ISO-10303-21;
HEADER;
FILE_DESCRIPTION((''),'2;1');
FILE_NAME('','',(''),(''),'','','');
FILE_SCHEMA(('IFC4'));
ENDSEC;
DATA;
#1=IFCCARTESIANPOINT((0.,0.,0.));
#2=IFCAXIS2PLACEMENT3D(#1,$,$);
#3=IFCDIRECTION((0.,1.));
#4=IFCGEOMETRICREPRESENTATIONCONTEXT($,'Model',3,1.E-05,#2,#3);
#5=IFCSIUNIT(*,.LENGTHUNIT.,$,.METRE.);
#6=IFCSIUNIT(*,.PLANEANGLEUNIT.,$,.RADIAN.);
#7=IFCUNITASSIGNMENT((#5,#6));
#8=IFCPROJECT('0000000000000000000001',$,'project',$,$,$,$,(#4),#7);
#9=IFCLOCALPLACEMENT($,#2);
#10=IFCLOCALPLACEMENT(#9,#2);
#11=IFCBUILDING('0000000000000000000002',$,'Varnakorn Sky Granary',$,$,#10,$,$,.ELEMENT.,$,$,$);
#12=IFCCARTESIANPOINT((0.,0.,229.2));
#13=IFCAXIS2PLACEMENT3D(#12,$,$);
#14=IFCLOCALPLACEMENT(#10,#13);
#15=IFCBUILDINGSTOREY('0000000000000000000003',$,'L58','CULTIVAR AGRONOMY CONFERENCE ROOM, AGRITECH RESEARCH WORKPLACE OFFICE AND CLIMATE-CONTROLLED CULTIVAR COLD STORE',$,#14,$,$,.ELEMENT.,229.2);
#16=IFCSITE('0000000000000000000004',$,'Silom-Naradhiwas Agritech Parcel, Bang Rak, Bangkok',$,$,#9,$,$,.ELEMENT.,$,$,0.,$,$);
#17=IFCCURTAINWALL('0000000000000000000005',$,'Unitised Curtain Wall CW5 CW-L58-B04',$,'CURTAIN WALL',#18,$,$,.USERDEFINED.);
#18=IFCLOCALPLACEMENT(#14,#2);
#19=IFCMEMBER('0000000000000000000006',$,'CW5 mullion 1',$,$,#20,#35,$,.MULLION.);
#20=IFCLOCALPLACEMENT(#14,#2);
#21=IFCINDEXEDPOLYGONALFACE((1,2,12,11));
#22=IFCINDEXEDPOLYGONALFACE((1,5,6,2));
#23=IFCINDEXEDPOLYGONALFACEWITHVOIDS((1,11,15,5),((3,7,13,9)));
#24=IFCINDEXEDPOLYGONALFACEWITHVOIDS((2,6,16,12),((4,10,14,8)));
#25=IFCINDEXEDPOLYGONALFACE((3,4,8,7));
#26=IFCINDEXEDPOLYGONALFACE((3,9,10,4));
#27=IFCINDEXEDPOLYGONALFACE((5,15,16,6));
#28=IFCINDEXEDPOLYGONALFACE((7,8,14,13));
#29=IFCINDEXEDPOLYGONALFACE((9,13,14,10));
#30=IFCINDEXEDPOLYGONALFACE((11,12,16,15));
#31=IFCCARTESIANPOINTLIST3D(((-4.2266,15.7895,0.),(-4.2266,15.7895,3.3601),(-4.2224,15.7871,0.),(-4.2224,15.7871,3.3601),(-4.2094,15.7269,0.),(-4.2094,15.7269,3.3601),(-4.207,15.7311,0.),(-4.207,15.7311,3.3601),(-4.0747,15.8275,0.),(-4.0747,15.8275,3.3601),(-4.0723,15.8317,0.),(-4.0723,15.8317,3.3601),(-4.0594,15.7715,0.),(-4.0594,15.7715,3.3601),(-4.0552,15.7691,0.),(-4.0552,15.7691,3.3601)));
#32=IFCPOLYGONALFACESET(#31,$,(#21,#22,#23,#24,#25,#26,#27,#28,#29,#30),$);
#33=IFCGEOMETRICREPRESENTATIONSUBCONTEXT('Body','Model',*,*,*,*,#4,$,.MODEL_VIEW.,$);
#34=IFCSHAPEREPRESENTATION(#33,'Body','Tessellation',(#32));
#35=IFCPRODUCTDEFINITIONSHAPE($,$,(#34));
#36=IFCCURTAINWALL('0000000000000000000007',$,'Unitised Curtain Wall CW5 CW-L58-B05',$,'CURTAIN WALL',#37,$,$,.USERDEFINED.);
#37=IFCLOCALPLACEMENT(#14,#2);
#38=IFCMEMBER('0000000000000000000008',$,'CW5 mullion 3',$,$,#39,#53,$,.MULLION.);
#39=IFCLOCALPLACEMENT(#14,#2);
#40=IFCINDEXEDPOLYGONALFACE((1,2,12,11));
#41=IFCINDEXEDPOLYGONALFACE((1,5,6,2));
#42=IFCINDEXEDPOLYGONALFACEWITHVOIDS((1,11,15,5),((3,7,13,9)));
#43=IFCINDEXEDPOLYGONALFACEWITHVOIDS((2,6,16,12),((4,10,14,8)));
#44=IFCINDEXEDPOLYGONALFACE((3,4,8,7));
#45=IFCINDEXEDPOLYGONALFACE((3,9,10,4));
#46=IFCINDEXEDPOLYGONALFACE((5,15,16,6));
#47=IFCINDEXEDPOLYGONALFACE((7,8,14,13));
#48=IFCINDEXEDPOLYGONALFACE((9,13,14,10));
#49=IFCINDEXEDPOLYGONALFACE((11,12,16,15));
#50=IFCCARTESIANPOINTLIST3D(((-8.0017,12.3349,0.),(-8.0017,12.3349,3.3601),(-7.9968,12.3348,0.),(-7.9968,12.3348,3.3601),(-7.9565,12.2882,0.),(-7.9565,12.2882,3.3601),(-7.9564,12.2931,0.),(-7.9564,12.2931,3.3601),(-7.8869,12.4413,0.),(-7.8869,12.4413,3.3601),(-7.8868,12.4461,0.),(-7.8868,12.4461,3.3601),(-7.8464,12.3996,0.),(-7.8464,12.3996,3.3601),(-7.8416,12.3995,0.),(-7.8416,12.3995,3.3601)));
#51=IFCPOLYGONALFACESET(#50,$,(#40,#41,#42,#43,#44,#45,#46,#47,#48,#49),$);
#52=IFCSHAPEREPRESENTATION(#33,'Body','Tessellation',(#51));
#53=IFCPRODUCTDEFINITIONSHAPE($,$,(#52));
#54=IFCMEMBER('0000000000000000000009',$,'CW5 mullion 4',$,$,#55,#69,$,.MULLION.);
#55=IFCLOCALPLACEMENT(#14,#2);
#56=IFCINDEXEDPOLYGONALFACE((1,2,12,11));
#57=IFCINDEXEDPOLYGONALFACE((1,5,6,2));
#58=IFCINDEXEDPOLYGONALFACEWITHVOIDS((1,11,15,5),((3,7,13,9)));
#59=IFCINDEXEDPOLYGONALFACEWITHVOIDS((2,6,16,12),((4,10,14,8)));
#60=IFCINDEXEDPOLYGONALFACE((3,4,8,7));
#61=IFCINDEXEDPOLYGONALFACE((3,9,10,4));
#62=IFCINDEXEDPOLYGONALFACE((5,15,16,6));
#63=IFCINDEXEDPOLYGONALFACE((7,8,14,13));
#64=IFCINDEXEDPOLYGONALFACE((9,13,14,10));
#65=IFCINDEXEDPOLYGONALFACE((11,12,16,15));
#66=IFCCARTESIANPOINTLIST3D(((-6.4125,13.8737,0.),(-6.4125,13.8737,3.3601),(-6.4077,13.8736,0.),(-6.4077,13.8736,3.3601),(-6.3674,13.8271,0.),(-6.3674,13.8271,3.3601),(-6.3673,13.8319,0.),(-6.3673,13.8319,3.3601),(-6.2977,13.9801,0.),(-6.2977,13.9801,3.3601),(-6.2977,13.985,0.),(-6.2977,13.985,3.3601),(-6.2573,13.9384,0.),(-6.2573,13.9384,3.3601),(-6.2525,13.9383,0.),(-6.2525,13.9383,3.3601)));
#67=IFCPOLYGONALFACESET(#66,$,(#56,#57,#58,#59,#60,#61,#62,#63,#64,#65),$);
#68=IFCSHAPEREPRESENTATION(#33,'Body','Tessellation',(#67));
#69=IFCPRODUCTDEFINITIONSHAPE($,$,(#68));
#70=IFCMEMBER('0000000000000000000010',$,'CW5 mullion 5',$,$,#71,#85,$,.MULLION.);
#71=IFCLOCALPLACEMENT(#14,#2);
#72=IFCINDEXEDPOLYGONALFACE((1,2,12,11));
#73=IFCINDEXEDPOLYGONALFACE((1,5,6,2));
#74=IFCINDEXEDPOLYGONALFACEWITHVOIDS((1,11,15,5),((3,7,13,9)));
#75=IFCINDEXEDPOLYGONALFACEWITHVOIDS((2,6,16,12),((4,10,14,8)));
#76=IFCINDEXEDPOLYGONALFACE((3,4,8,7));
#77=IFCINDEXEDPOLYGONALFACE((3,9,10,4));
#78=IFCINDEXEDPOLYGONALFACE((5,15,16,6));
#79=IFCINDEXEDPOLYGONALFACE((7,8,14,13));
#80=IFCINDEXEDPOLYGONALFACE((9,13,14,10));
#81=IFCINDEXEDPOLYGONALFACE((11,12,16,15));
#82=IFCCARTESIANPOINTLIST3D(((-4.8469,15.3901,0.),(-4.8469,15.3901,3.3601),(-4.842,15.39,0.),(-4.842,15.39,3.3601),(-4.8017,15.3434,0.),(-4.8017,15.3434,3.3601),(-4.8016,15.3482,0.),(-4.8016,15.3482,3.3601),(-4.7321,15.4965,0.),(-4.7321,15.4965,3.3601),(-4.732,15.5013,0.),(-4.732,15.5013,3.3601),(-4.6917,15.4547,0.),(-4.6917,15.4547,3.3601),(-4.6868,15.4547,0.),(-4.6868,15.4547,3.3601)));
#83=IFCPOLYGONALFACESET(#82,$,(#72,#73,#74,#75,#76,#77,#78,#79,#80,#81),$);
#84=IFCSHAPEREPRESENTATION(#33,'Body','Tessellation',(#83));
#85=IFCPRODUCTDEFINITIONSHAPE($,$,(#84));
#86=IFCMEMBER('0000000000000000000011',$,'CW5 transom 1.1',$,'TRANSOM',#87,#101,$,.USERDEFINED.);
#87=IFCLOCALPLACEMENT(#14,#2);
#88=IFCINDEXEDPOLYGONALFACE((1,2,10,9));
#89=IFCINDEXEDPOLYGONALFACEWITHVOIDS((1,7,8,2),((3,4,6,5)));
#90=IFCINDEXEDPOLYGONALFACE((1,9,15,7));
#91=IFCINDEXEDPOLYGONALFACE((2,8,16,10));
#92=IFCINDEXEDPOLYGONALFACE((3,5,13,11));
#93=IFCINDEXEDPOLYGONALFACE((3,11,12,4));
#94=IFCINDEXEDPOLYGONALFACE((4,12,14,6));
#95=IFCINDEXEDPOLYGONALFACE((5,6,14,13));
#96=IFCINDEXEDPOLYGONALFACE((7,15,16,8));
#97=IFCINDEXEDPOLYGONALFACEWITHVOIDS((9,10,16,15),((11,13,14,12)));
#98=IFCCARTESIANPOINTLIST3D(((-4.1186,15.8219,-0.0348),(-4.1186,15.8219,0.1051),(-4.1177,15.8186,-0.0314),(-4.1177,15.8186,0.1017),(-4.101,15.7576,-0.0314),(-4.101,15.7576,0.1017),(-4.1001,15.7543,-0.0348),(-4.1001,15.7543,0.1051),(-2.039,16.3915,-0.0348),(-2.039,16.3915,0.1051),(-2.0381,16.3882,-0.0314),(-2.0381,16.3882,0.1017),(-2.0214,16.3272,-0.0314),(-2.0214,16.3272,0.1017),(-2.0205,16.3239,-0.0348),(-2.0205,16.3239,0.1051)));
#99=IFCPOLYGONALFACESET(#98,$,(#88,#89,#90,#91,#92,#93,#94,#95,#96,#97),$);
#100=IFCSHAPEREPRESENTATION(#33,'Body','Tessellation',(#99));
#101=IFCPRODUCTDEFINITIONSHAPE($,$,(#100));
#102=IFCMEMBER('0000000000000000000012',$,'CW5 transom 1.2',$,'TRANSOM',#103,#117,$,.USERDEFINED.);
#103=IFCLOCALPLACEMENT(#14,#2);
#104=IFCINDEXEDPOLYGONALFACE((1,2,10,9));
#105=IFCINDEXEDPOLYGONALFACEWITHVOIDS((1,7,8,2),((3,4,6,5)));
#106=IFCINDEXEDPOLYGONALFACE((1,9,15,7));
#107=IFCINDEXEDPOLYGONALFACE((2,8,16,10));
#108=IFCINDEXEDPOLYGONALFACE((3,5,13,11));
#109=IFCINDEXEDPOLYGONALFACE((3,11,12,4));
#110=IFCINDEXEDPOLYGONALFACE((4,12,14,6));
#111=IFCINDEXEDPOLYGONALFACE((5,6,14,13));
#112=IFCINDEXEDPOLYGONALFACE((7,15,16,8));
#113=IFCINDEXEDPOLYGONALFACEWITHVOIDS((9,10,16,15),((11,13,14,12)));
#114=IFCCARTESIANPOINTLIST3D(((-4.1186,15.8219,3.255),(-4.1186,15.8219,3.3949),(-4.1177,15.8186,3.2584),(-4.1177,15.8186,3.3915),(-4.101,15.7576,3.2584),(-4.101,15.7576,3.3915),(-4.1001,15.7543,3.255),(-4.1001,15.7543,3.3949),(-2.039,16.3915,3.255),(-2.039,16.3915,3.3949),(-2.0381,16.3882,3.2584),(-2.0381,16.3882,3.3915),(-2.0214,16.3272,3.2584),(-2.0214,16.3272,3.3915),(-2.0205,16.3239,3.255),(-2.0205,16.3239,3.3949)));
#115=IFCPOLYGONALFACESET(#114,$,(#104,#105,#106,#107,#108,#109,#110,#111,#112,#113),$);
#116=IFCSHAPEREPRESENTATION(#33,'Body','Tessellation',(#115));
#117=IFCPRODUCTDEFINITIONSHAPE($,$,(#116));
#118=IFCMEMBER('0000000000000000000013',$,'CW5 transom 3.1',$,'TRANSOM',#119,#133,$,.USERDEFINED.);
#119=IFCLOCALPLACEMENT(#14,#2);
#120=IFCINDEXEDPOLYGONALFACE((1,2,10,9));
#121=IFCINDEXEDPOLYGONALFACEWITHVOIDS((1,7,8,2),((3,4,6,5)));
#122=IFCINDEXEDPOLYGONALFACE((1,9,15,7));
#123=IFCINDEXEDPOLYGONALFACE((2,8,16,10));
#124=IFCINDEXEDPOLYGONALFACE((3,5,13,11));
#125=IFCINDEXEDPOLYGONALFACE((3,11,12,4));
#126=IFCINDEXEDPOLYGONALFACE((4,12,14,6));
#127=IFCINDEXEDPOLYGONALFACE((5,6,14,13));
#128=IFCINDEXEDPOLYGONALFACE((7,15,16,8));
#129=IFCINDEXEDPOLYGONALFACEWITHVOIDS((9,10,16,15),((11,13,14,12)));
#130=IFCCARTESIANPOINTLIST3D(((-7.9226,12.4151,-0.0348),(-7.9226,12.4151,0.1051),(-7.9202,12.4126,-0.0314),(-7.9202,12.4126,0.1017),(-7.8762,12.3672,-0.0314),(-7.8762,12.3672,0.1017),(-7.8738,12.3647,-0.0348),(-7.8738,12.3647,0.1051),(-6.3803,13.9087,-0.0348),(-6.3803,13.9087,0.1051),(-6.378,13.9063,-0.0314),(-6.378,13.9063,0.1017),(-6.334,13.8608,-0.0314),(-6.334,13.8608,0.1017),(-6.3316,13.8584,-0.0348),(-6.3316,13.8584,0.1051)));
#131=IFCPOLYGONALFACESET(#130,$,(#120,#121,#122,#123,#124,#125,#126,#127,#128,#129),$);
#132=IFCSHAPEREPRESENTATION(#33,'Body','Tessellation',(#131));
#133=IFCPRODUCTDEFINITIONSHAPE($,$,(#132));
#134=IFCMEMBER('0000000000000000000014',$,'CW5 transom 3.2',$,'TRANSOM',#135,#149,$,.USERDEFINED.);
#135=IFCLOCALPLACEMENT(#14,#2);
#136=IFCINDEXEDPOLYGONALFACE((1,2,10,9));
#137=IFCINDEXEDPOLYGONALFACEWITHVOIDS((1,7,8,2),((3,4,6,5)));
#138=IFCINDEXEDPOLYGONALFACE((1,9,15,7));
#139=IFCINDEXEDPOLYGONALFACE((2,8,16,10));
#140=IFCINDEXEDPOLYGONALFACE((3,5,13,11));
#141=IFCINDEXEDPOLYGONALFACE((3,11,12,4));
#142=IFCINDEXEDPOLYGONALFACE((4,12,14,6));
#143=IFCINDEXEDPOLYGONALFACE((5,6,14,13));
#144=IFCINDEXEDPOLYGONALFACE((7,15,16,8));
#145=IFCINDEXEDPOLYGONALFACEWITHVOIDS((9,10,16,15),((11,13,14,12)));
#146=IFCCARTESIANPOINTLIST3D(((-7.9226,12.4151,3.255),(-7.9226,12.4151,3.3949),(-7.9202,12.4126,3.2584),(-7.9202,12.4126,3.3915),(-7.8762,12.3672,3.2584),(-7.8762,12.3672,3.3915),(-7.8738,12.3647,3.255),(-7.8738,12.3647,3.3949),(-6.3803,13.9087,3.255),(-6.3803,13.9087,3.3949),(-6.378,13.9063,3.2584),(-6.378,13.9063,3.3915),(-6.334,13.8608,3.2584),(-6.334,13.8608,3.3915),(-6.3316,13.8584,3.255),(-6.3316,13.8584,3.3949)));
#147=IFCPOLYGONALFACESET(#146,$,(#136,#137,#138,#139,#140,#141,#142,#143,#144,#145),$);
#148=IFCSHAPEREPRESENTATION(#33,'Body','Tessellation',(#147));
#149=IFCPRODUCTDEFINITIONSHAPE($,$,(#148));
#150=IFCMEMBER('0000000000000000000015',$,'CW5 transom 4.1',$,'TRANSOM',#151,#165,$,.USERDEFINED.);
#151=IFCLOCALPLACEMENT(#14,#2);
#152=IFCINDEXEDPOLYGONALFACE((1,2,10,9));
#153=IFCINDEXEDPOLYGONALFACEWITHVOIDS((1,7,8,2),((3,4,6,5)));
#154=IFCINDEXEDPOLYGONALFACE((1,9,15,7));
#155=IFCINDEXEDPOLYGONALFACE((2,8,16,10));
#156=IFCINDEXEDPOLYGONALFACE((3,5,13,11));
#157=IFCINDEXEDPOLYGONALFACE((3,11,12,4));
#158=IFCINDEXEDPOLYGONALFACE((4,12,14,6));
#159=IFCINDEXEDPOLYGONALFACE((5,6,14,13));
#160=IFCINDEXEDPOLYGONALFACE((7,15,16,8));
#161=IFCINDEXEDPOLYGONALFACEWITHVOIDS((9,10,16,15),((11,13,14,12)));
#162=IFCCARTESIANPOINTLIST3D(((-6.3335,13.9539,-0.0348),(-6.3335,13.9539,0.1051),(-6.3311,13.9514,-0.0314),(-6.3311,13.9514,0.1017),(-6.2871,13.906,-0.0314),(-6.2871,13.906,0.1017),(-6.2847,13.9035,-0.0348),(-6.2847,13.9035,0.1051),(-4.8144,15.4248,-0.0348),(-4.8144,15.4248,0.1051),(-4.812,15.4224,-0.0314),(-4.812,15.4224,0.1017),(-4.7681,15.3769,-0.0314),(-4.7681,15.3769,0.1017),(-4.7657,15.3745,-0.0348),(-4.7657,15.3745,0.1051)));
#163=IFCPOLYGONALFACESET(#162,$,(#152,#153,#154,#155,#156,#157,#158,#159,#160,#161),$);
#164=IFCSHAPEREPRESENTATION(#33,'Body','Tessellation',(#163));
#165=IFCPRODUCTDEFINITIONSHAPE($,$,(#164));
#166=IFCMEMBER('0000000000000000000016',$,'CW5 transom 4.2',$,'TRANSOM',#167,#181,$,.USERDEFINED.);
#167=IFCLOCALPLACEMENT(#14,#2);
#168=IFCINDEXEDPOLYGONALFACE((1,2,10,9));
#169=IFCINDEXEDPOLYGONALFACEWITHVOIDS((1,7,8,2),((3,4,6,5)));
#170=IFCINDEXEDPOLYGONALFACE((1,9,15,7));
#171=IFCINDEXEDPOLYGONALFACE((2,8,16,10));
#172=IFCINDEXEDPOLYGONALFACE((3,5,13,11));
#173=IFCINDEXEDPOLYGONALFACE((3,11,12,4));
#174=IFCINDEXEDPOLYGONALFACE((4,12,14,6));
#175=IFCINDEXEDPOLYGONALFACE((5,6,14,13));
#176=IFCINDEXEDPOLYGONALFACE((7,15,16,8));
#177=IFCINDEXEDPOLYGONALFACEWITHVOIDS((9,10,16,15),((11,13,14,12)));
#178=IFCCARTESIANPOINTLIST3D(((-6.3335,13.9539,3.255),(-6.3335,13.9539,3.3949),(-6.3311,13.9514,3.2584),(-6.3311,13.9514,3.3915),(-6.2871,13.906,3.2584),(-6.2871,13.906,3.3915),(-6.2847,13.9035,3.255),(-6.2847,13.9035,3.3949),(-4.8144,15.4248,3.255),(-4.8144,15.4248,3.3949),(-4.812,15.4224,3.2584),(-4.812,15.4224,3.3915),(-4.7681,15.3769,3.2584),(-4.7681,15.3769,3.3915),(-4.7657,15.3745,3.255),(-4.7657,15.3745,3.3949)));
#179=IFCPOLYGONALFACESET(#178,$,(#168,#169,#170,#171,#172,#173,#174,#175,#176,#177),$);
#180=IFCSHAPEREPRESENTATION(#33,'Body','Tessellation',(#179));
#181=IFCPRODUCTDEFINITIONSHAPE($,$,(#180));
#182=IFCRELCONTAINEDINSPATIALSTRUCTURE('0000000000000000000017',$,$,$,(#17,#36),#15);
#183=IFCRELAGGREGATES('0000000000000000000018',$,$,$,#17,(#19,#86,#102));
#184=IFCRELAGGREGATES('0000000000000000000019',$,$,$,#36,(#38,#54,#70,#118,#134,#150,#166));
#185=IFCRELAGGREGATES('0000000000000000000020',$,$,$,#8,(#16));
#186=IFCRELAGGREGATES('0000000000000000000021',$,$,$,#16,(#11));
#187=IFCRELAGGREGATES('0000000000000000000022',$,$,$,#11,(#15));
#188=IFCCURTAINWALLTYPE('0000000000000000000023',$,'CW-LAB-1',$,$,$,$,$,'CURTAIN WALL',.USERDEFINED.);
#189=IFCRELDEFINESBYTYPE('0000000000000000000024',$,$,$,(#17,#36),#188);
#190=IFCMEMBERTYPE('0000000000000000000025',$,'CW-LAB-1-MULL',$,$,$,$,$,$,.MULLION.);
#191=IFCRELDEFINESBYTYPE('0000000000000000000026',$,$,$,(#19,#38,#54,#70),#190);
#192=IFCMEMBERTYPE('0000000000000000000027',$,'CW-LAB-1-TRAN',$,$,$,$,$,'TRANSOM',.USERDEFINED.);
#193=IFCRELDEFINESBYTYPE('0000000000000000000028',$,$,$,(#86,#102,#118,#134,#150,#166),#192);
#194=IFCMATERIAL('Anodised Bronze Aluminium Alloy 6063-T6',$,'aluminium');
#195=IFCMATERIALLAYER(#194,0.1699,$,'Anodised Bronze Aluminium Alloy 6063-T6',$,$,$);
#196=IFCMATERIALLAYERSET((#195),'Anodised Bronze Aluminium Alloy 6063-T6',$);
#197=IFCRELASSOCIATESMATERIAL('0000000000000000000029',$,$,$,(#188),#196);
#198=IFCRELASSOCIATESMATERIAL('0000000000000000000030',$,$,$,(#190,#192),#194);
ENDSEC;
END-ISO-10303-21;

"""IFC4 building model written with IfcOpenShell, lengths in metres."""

from ifc_helpers import new_model, si_unit, direction, frame, origin, origin_2d, place, context, subcontext, project, spatial, hollow_rectangle, extrude, material, layer, layer_set, material_profile, profile_set, type_object, element, aggregate, save


model = new_model("IFC4")

# Units and contexts
model_context = context("Model", 3, precision=1e-05, world=origin(), true_north=direction((0.0, 1.0)))
body_context = subcontext(model_context, "Body", "Model", "MODEL_VIEW")
ifc_project = project(units=[si_unit("LENGTHUNIT", "METRE"), si_unit("PLANEANGLEUNIT", "RADIAN")], contexts=[model_context])

# Site, building, storey
site_placement = place(None, origin())
site = spatial("IfcSite", under=ifc_project, at=site_placement, Name="Silom-Naradhiwas Agritech Parcel, Bang Rak, Bangkok", CompositionType="ELEMENT", RefElevation=0.0)
building_placement = place(site_placement, origin())
building = spatial("IfcBuilding", under=site, at=building_placement, Name="Varnakorn Sky Granary", CompositionType="ELEMENT")
storey_placement = place(building_placement, frame((0.0, 0.0, 229.2)))
storey = spatial("IfcBuildingStorey", under=building, at=storey_placement, Name="L58", Description="CULTIVAR AGRONOMY CONFERENCE ROOM, AGRITECH RESEARCH WORKPLACE OFFICE AND CLIMATE-CONTROLLED CULTIVAR COLD STORE", CompositionType="ELEMENT", Elevation=229.2)

# Curtain wall, member
ifc_material_1 = material(Name="Anodised Bronze Aluminium Alloy 6063-T6", Category="aluminium")
ifc_layer_1 = layer(ifc_material_1, 0.1699, Name="Anodised Bronze Aluminium Alloy 6063-T6")
ifc_layer_set_1 = layer_set([ifc_layer_1], Name="Anodised Bronze Aluminium Alloy 6063-T6")
curtain_wall_type = type_object("IfcCurtainWallType", Name="CW-LAB-1", ElementType="CURTAIN WALL", PredefinedType="USERDEFINED", material=ifc_layer_set_1)
curtain_wall_1_placement = place(storey_placement, origin())
curtain_wall_1 = element("IfcCurtainWall", 1, at=curtain_wall_1_placement, inside=storey, type_object=curtain_wall_type, Name="Unitised Curtain Wall CW5 CW-L58-B04", ObjectType="CURTAIN WALL", PredefinedType="USERDEFINED")
ifc_material_profile_1 = material_profile(ifc_material_1, hollow_rectangle(XDim=0.0649, YDim=0.1599, WallThickness=0.0034, at=origin_2d()), Name="ALU MULL 65x160")
ifc_profile_set_1 = profile_set([ifc_material_profile_1], Name="Anodised Bronze Aluminium Alloy 6063-T6")
member_type_1 = type_object("IfcMemberType", Name="CW-LAB-1-MULL", PredefinedType="MULLION", material=ifc_profile_set_1)
member_1_placement = place(storey_placement, frame((-4.1409, 15.7793, 0.0), z_axis=(0.0, 0.0, 1.0), x_axis=(-0.264172, 0.964476, 0.0)))
member_1 = element("IfcMember", 2, at=member_1_placement, type_object=member_type_1, Name="CW5 mullion 1", PredefinedType="MULLION", context=body_context, shape_type="SweptSolid", body=[
    extrude(hollow_rectangle(XDim=0.0649, YDim=0.1599, WallThickness=0.0034, at=origin_2d()), origin(), (0.0, 0.0, 1.0), 3.3601),
])

# Curtain wall, members
curtain_wall_2_placement = place(storey_placement, origin())
curtain_wall_2 = element("IfcCurtainWall", 3, at=curtain_wall_2_placement, inside=storey, type_object=curtain_wall_type, Name="Unitised Curtain Wall CW5 CW-L58-B05", ObjectType="CURTAIN WALL", PredefinedType="USERDEFINED")
member_2_placement = place(storey_placement, frame((-7.9216, 12.3672, 0.0), z_axis=(0.0, 0.0, 1.0), x_axis=(-0.69564, 0.71839, 0.0)))
member_2 = element("IfcMember", 4, at=member_2_placement, type_object=member_type_1, Name="CW5 mullion 3", PredefinedType="MULLION", context=body_context, shape_type="SweptSolid", body=[
    extrude(hollow_rectangle(XDim=0.0649, YDim=0.1599, WallThickness=0.0034, at=origin_2d()), origin(), (0.0, 0.0, 1.0), 3.3601),
])
member_3_placement = place(storey_placement, frame((-6.3325, 13.906, 0.0), z_axis=(0.0, 0.0, 1.0), x_axis=(-0.69564, 0.71839, 0.0)))
member_3 = element("IfcMember", 5, at=member_3_placement, type_object=member_type_1, Name="CW5 mullion 4", PredefinedType="MULLION", context=body_context, shape_type="SweptSolid", body=[
    extrude(hollow_rectangle(XDim=0.0649, YDim=0.1599, WallThickness=0.0034, at=origin_2d()), origin(), (0.0, 0.0, 1.0), 3.3601),
])
member_4_placement = place(storey_placement, frame((-4.7668, 15.4224, 0.0), z_axis=(0.0, 0.0, 1.0), x_axis=(-0.69564, 0.71839, 0.0)))
member_4 = element("IfcMember", 6, at=member_4_placement, type_object=member_type_1, Name="CW5 mullion 5", PredefinedType="MULLION", context=body_context, shape_type="SweptSolid", body=[
    extrude(hollow_rectangle(XDim=0.0649, YDim=0.1599, WallThickness=0.0034, at=origin_2d()), origin(), (0.0, 0.0, 1.0), 3.3601),
])

# Members
ifc_material_profile_2 = material_profile(ifc_material_1, hollow_rectangle(XDim=0.0701, YDim=0.1399, WallThickness=0.0034, at=origin_2d()), Name="ALU TRAN 70x140")
ifc_profile_set_2 = profile_set([ifc_material_profile_2], Name="Anodised Bronze Aluminium Alloy 6063-T6")
member_type_2 = type_object("IfcMemberType", Name="CW-LAB-1-TRAN", ElementType="TRANSOM", PredefinedType="USERDEFINED", material=ifc_profile_set_2)
member_5_placement = place(storey_placement, frame((-4.1094, 15.7881, 0.0352), z_axis=(0.964478, 0.264162, 0.0), x_axis=(-0.264162, 0.964478, 0.0)))
member_5 = element("IfcMember", 7, at=member_5_placement, type_object=member_type_2, Name="CW5 transom 1.1", ObjectType="TRANSOM", PredefinedType="USERDEFINED", context=body_context, shape_type="SweptSolid", body=[
    extrude(hollow_rectangle(XDim=0.0701, YDim=0.1399, WallThickness=0.0034, at=origin_2d()), origin(), (0.0, 0.0, 1.0), 2.1562),
])
member_6_placement = place(storey_placement, frame((-4.1094, 15.7881, 3.325), z_axis=(0.964478, 0.264162, 0.0), x_axis=(-0.264162, 0.964478, 0.0)))
member_6 = element("IfcMember", 8, at=member_6_placement, type_object=member_type_2, Name="CW5 transom 1.2", ObjectType="TRANSOM", PredefinedType="USERDEFINED", context=body_context, shape_type="SweptSolid", body=[
    extrude(hollow_rectangle(XDim=0.0701, YDim=0.1399, WallThickness=0.0034, at=origin_2d()), origin(), (0.0, 0.0, 1.0), 2.1562),
])
member_7_placement = place(storey_placement, frame((-7.8982, 12.3899, 0.0352), z_axis=(0.718331, 0.695702, 0.0), x_axis=(-0.695702, 0.718331, 0.0)))
member_7 = element("IfcMember", 9, at=member_7_placement, type_object=member_type_2, Name="CW5 transom 3.1", ObjectType="TRANSOM", PredefinedType="USERDEFINED", context=body_context, shape_type="SweptSolid", body=[
    extrude(hollow_rectangle(XDim=0.0701, YDim=0.1399, WallThickness=0.0034, at=origin_2d()), origin(), (0.0, 0.0, 1.0), 2.147),
])
member_8_placement = place(storey_placement, frame((-7.8982, 12.3899, 3.325), z_axis=(0.718331, 0.695702, 0.0), x_axis=(-0.695702, 0.718331, 0.0)))
member_8 = element("IfcMember", 10, at=member_8_placement, type_object=member_type_2, Name="CW5 transom 3.2", ObjectType="TRANSOM", PredefinedType="USERDEFINED", context=body_context, shape_type="SweptSolid", body=[
    extrude(hollow_rectangle(XDim=0.0701, YDim=0.1399, WallThickness=0.0034, at=origin_2d()), origin(), (0.0, 0.0, 1.0), 2.147),
])
member_9_placement = place(storey_placement, frame((-6.3091, 13.9287, 0.0352), z_axis=(0.718388, 0.695643, 0.0), x_axis=(-0.695643, 0.718388, 0.0)))
member_9 = element("IfcMember", 11, at=member_9_placement, type_object=member_type_2, Name="CW5 transom 4.1", ObjectType="TRANSOM", PredefinedType="USERDEFINED", context=body_context, shape_type="SweptSolid", body=[
    extrude(hollow_rectangle(XDim=0.0701, YDim=0.1399, WallThickness=0.0034, at=origin_2d()), origin(), (0.0, 0.0, 1.0), 2.1145),
])
member_10_placement = place(storey_placement, frame((-6.3091, 13.9287, 3.325), z_axis=(0.718388, 0.695643, 0.0), x_axis=(-0.695643, 0.718388, 0.0)))
member_10 = element("IfcMember", 12, at=member_10_placement, type_object=member_type_2, Name="CW5 transom 4.2", ObjectType="TRANSOM", PredefinedType="USERDEFINED", context=body_context, shape_type="SweptSolid", body=[
    extrude(hollow_rectangle(XDim=0.0701, YDim=0.1399, WallThickness=0.0034, at=origin_2d()), origin(), (0.0, 0.0, 1.0), 2.1145),
])

aggregate(curtain_wall_1, [member_1, member_5, member_6])
aggregate(curtain_wall_2, [member_2, member_3, member_4, member_7, member_8, member_9, member_10])

save(model, "model.ifc")
